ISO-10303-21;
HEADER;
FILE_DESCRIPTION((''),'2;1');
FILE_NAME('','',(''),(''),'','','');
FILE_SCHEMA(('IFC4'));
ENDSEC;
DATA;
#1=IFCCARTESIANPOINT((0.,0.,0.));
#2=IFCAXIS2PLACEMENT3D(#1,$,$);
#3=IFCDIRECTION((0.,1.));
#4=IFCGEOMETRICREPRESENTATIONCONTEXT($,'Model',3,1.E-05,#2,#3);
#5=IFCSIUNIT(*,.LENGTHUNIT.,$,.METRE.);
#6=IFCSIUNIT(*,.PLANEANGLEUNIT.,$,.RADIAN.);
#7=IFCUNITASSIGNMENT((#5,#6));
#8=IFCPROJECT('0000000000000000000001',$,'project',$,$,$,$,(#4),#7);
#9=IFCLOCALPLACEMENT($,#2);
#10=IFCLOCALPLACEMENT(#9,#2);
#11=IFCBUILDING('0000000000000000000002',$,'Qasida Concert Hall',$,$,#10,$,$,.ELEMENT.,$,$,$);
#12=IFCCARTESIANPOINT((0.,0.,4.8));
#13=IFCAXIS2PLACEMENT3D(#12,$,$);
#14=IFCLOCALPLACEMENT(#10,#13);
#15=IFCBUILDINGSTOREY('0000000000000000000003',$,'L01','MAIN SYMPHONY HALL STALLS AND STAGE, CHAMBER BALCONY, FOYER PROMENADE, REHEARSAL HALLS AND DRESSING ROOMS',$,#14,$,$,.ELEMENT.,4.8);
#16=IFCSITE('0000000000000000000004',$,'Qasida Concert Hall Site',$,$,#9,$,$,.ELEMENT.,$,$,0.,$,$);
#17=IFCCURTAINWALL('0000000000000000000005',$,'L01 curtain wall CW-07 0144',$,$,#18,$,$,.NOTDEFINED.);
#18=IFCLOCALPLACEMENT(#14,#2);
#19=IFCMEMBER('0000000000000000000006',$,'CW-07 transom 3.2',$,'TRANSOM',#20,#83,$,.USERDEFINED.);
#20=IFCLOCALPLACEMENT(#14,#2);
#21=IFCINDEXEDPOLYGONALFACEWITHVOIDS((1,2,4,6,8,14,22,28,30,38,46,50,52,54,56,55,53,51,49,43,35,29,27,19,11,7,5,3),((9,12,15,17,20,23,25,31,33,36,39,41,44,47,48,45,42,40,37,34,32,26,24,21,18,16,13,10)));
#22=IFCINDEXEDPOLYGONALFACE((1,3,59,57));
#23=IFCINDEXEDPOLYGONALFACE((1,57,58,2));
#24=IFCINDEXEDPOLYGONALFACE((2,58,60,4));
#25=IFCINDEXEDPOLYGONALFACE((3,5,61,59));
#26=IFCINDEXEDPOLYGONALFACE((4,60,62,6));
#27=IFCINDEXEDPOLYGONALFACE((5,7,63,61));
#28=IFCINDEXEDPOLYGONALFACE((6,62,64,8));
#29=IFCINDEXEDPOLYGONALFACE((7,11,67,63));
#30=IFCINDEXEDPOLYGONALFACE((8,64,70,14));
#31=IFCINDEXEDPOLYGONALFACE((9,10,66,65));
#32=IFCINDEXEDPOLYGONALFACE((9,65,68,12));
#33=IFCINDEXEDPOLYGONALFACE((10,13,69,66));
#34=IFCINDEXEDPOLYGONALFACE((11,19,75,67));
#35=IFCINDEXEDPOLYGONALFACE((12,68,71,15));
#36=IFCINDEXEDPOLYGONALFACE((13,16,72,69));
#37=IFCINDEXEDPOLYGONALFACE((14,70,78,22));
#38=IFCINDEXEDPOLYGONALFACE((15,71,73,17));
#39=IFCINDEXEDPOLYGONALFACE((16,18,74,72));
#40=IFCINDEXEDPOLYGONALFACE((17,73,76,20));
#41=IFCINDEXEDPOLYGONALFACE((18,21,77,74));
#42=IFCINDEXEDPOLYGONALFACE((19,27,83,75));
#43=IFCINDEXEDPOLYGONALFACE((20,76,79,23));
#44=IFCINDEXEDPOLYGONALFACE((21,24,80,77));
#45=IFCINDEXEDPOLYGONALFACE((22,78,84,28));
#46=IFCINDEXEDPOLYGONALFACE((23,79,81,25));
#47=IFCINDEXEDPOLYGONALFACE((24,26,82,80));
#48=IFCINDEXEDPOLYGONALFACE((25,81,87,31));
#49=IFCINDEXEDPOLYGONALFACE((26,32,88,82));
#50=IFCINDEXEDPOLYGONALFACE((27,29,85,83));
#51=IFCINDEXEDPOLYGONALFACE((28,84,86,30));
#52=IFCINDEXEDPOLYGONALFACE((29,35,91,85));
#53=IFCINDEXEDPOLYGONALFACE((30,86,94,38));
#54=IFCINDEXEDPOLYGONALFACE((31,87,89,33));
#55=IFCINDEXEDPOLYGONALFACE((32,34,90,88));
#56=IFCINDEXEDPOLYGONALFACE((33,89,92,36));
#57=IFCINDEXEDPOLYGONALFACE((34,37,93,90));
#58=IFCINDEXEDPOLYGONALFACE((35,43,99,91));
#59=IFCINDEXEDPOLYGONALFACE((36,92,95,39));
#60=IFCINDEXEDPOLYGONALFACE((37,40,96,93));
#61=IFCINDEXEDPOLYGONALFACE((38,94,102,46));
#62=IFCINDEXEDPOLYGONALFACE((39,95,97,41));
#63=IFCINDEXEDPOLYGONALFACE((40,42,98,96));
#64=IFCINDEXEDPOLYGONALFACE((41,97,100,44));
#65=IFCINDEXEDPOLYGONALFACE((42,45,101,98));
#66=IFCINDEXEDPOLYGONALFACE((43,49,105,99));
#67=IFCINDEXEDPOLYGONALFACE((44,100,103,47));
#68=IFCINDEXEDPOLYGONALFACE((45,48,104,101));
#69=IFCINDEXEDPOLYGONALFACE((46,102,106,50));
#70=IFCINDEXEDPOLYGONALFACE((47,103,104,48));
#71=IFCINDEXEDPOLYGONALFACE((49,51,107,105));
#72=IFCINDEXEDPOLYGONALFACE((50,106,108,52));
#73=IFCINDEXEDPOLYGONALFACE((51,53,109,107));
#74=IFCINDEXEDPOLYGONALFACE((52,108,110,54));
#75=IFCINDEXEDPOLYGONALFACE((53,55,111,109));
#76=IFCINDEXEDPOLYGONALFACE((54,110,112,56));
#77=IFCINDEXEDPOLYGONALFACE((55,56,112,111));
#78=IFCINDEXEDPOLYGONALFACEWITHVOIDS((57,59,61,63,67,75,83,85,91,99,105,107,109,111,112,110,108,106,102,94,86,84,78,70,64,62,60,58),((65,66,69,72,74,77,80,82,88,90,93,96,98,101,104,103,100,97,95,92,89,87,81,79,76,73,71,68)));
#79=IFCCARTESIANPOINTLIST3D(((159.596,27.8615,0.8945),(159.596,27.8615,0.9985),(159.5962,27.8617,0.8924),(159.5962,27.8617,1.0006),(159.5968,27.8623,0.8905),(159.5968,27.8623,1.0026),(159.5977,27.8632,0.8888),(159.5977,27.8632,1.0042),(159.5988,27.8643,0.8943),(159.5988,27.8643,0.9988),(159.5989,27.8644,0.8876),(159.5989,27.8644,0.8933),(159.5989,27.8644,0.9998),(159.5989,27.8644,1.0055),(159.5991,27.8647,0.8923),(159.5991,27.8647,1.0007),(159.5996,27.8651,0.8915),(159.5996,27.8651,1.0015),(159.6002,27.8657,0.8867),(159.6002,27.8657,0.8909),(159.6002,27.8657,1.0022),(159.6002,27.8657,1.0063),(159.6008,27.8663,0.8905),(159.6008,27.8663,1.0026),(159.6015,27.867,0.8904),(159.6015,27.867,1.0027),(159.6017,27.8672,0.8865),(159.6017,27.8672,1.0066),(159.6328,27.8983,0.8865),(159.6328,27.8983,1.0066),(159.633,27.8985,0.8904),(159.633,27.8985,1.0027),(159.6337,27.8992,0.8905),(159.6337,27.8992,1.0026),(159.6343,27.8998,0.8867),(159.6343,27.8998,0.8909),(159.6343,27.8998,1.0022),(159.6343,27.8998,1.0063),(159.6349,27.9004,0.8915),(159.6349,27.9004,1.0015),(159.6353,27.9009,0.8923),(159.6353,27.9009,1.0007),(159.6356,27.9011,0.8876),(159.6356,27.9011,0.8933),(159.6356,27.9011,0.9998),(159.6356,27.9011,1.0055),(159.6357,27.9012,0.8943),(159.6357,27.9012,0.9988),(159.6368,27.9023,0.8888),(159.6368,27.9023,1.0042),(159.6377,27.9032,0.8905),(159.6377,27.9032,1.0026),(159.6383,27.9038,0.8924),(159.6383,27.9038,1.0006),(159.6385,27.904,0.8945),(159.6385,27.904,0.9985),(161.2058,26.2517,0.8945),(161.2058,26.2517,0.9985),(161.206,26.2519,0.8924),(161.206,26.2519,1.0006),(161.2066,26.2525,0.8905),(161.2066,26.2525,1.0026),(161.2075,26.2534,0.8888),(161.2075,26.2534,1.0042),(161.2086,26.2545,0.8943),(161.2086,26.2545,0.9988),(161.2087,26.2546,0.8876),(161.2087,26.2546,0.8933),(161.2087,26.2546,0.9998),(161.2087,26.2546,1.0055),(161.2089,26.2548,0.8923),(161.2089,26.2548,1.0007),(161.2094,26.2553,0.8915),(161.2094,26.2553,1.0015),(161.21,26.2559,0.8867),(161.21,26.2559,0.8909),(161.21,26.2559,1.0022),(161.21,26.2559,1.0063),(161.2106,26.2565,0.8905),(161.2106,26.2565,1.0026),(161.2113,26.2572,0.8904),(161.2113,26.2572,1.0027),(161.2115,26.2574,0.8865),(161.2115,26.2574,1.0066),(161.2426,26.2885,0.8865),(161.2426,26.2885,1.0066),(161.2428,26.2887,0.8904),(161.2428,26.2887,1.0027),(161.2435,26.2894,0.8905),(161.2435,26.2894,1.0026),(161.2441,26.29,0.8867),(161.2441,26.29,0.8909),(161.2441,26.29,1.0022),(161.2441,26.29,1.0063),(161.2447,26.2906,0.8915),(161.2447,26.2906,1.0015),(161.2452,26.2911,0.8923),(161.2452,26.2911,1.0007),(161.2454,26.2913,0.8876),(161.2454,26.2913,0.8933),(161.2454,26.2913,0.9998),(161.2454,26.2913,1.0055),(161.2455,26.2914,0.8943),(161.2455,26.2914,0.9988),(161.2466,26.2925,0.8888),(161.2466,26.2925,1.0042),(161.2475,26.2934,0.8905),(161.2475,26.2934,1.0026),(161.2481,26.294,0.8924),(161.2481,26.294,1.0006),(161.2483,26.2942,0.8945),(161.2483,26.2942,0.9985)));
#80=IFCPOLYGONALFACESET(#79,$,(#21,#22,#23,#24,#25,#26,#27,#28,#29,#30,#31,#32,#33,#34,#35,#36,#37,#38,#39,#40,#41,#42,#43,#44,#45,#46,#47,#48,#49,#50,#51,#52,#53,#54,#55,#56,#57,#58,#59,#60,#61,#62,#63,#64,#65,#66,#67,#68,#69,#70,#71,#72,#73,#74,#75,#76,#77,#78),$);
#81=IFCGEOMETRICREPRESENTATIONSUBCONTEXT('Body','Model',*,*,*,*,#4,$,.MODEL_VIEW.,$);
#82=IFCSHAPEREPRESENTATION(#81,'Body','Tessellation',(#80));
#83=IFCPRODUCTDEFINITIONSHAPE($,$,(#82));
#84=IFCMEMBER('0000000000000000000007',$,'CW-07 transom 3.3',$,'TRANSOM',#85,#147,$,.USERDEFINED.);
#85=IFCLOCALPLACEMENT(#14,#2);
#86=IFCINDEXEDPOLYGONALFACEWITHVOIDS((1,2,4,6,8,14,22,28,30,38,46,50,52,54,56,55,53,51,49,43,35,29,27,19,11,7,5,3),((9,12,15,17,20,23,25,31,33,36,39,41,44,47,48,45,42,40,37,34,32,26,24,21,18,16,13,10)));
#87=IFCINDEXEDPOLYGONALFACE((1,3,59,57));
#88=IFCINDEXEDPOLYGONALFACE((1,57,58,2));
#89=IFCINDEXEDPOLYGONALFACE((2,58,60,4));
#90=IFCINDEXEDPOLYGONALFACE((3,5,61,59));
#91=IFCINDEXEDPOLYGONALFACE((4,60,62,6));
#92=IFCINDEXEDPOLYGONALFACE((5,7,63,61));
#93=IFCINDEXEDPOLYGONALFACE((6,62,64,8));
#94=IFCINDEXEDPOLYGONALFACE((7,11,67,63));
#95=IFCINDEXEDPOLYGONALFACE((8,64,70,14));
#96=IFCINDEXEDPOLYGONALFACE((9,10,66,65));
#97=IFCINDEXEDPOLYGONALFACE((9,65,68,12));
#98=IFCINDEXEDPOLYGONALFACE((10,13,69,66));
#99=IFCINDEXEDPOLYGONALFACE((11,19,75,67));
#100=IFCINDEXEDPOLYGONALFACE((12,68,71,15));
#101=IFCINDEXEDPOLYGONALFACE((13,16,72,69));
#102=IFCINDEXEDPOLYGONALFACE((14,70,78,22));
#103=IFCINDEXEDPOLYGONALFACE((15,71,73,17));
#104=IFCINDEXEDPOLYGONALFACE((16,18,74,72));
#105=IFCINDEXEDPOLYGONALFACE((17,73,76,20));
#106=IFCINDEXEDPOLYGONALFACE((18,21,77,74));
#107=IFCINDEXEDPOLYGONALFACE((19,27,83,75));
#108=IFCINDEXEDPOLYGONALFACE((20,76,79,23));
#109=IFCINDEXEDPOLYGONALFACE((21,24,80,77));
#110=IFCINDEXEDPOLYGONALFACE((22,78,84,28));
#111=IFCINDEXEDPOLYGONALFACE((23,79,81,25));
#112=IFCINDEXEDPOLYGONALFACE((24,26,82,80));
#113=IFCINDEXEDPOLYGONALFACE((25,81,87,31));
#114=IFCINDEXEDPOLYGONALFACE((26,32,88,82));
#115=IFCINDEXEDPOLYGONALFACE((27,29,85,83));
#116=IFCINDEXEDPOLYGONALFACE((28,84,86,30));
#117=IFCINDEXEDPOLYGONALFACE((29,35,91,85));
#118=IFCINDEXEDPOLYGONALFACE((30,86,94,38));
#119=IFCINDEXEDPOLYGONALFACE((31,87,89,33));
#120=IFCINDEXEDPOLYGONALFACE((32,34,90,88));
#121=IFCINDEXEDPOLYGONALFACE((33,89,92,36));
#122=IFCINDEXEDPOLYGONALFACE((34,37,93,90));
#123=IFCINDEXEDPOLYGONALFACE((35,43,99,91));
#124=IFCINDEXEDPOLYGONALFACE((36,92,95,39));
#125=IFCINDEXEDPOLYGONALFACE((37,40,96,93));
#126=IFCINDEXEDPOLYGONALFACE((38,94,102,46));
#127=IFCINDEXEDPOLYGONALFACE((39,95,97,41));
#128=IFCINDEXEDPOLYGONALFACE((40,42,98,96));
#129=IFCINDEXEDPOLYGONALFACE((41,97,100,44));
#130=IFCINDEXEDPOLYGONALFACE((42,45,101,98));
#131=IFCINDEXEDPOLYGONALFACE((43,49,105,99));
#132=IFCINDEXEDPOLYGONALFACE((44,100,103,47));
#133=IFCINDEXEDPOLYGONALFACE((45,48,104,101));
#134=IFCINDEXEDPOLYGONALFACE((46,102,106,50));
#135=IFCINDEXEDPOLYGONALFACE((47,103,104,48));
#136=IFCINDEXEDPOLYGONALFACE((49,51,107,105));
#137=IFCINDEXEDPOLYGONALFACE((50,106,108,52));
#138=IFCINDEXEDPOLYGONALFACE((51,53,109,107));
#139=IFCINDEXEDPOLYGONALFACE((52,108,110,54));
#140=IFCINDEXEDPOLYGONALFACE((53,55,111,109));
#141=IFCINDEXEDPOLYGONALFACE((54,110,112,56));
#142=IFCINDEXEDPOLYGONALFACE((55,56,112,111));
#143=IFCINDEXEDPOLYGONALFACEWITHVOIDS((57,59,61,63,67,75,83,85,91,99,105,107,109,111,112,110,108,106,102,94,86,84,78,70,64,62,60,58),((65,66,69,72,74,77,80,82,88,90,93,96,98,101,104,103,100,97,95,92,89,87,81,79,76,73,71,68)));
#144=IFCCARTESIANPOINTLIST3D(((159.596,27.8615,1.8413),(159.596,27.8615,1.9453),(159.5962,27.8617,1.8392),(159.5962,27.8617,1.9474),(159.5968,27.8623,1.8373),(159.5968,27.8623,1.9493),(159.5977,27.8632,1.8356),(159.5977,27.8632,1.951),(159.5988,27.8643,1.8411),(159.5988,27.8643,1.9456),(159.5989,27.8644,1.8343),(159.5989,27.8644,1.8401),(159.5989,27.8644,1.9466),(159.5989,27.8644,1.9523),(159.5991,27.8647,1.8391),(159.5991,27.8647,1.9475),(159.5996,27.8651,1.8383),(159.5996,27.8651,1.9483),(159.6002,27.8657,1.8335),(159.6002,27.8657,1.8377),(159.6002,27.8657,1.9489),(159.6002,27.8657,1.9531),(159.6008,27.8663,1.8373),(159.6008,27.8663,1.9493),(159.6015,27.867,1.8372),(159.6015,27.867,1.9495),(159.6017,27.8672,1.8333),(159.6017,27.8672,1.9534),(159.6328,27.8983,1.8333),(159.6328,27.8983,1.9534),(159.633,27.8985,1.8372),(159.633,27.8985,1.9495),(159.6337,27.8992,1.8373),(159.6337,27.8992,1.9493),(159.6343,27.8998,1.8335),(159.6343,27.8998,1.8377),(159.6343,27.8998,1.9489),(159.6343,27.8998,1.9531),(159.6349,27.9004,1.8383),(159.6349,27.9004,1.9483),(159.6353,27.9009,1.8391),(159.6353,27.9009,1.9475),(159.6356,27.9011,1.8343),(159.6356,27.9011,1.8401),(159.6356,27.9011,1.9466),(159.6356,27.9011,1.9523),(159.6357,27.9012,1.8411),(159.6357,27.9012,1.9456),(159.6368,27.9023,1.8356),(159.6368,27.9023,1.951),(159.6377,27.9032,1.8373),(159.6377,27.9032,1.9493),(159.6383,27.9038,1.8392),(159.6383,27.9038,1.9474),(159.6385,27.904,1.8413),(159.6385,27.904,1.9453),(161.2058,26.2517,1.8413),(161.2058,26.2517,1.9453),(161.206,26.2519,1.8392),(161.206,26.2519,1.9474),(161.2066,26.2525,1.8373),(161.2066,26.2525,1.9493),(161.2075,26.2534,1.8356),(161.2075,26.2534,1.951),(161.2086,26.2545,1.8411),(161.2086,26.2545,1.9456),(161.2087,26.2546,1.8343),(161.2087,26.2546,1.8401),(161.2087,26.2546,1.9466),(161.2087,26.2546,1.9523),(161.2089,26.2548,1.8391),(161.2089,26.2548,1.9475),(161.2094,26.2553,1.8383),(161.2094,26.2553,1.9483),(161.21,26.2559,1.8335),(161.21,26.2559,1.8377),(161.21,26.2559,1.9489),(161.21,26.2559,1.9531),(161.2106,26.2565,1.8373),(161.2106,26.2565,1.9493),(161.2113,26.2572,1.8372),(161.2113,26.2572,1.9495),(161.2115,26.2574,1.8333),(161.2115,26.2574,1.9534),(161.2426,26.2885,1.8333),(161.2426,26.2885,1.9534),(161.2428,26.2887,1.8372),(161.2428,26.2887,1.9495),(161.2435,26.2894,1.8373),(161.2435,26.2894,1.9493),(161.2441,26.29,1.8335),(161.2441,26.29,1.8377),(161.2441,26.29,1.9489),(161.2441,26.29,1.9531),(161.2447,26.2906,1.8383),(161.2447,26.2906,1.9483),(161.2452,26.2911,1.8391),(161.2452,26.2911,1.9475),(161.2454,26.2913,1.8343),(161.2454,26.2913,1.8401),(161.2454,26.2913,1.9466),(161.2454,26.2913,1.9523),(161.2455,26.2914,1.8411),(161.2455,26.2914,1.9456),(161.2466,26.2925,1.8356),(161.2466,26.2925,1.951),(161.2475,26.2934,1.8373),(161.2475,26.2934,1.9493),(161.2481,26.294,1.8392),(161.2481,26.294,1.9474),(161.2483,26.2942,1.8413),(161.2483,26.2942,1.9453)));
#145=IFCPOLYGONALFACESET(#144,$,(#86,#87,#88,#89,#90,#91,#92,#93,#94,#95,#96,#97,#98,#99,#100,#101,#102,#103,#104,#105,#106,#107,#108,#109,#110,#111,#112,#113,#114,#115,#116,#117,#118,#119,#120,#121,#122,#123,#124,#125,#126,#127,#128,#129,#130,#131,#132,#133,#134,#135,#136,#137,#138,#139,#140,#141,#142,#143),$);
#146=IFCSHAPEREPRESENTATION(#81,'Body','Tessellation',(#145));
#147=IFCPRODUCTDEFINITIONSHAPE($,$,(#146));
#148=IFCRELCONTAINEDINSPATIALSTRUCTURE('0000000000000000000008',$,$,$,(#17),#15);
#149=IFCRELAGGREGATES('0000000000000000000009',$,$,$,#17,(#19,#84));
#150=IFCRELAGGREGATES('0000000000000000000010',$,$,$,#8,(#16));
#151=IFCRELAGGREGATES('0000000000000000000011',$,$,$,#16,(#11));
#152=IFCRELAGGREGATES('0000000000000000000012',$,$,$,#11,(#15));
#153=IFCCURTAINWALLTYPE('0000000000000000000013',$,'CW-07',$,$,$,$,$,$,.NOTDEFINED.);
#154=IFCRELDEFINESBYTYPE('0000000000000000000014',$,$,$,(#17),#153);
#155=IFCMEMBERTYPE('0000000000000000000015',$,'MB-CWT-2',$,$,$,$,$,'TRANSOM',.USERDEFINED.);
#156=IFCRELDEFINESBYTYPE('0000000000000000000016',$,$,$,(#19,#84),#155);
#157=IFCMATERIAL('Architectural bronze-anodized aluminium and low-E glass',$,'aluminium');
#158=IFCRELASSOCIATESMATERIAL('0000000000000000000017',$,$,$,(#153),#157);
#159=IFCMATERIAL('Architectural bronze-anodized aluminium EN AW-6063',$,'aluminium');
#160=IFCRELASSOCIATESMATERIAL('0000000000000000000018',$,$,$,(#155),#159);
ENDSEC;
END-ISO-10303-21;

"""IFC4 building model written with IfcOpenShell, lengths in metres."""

from ifc_helpers import new_model, si_unit, direction, frame, origin, origin_2d, place, context, subcontext, project, spatial, hollow_rectangle, extrude, material, material_profile, profile_set, type_object, element, aggregate, save


model = new_model("IFC4")

# Units and contexts
model_context = context("Model", 3, precision=1e-05, world=origin(), true_north=direction((0.0, 1.0)))
body_context = subcontext(model_context, "Body", "Model", "MODEL_VIEW")
ifc_project = project(units=[si_unit("LENGTHUNIT", "METRE"), si_unit("PLANEANGLEUNIT", "RADIAN")], contexts=[model_context])

# Site, building, storey
site_placement = place(None, origin())
site = spatial("IfcSite", under=ifc_project, at=site_placement, Name="Qasida Concert Hall Site", CompositionType="ELEMENT", RefElevation=0.0)
building_placement = place(site_placement, origin())
building = spatial("IfcBuilding", under=site, at=building_placement, Name="Qasida Concert Hall", CompositionType="ELEMENT")
storey_placement = place(building_placement, frame((0.0, 0.0, 4.8)))
storey = spatial("IfcBuildingStorey", under=building, at=storey_placement, Name="L01", Description="MAIN SYMPHONY HALL STALLS AND STAGE, CHAMBER BALCONY, FOYER PROMENADE, REHEARSAL HALLS AND DRESSING ROOMS", CompositionType="ELEMENT", Elevation=4.8)

# Curtain wall, members
ifc_material_1 = material(Name="Architectural bronze-anodized aluminium and low-E glass", Category="aluminium")
curtain_wall_type = type_object("IfcCurtainWallType", Name="CW-07", PredefinedType="NOTDEFINED", material=ifc_material_1)
curtain_wall_placement = place(storey_placement, origin())
curtain_wall = element("IfcCurtainWall", 1, at=curtain_wall_placement, inside=storey, type_object=curtain_wall_type, Name="L01 curtain wall CW-07 0144", PredefinedType="NOTDEFINED")
ifc_material_2 = material(Name="Architectural bronze-anodized aluminium EN AW-6063", Category="aluminium")
ifc_material_profile_1 = material_profile(ifc_material_2, hollow_rectangle(XDim=0.0601, YDim=0.1201, WallThickness=0.0039, InnerFilletRadius=0.0039, OuterFilletRadius=0.0081, at=origin_2d()), Name="CWT 120x60x4")
ifc_profile_set_1 = profile_set([ifc_material_profile_1], Name="Architectural bronze-anodized aluminium EN AW-6063")
member_type_1 = type_object("IfcMemberType", Name="MB-CWT-2", ElementType="TRANSOM", PredefinedType="USERDEFINED", material=ifc_profile_set_1)
member_1_placement = place(storey_placement, frame((161.2271, 26.2729, 0.9465), z_axis=(-0.707107, 0.707107, 0.0), x_axis=(-0.707107, -0.707107, 0.0)))
member_1 = element("IfcMember", 2, at=member_1_placement, type_object=member_type_1, Name="CW-07 transom 3.2", ObjectType="TRANSOM", PredefinedType="USERDEFINED", context=body_context, shape_type="SweptSolid", body=[
    extrude(hollow_rectangle(XDim=0.0601, YDim=0.1201, WallThickness=0.0039, InnerFilletRadius=0.0039, OuterFilletRadius=0.0081, at=origin_2d()), origin(), (0.0, 0.0, 1.0), 2.2766),
])
member_2_placement = place(storey_placement, frame((161.2271, 26.2729, 1.8933), z_axis=(-0.707107, 0.707107, 0.0), x_axis=(-0.707107, -0.707107, 0.0)))
member_2 = element("IfcMember", 3, at=member_2_placement, type_object=member_type_1, Name="CW-07 transom 3.3", ObjectType="TRANSOM", PredefinedType="USERDEFINED", context=body_context, shape_type="SweptSolid", body=[
    extrude(hollow_rectangle(XDim=0.0601, YDim=0.1201, WallThickness=0.0039, InnerFilletRadius=0.0039, OuterFilletRadius=0.0081, at=origin_2d()), origin(), (0.0, 0.0, 1.0), 2.2766),
])
aggregate(curtain_wall, [member_1, member_2])

save(model, "model.ifc")
